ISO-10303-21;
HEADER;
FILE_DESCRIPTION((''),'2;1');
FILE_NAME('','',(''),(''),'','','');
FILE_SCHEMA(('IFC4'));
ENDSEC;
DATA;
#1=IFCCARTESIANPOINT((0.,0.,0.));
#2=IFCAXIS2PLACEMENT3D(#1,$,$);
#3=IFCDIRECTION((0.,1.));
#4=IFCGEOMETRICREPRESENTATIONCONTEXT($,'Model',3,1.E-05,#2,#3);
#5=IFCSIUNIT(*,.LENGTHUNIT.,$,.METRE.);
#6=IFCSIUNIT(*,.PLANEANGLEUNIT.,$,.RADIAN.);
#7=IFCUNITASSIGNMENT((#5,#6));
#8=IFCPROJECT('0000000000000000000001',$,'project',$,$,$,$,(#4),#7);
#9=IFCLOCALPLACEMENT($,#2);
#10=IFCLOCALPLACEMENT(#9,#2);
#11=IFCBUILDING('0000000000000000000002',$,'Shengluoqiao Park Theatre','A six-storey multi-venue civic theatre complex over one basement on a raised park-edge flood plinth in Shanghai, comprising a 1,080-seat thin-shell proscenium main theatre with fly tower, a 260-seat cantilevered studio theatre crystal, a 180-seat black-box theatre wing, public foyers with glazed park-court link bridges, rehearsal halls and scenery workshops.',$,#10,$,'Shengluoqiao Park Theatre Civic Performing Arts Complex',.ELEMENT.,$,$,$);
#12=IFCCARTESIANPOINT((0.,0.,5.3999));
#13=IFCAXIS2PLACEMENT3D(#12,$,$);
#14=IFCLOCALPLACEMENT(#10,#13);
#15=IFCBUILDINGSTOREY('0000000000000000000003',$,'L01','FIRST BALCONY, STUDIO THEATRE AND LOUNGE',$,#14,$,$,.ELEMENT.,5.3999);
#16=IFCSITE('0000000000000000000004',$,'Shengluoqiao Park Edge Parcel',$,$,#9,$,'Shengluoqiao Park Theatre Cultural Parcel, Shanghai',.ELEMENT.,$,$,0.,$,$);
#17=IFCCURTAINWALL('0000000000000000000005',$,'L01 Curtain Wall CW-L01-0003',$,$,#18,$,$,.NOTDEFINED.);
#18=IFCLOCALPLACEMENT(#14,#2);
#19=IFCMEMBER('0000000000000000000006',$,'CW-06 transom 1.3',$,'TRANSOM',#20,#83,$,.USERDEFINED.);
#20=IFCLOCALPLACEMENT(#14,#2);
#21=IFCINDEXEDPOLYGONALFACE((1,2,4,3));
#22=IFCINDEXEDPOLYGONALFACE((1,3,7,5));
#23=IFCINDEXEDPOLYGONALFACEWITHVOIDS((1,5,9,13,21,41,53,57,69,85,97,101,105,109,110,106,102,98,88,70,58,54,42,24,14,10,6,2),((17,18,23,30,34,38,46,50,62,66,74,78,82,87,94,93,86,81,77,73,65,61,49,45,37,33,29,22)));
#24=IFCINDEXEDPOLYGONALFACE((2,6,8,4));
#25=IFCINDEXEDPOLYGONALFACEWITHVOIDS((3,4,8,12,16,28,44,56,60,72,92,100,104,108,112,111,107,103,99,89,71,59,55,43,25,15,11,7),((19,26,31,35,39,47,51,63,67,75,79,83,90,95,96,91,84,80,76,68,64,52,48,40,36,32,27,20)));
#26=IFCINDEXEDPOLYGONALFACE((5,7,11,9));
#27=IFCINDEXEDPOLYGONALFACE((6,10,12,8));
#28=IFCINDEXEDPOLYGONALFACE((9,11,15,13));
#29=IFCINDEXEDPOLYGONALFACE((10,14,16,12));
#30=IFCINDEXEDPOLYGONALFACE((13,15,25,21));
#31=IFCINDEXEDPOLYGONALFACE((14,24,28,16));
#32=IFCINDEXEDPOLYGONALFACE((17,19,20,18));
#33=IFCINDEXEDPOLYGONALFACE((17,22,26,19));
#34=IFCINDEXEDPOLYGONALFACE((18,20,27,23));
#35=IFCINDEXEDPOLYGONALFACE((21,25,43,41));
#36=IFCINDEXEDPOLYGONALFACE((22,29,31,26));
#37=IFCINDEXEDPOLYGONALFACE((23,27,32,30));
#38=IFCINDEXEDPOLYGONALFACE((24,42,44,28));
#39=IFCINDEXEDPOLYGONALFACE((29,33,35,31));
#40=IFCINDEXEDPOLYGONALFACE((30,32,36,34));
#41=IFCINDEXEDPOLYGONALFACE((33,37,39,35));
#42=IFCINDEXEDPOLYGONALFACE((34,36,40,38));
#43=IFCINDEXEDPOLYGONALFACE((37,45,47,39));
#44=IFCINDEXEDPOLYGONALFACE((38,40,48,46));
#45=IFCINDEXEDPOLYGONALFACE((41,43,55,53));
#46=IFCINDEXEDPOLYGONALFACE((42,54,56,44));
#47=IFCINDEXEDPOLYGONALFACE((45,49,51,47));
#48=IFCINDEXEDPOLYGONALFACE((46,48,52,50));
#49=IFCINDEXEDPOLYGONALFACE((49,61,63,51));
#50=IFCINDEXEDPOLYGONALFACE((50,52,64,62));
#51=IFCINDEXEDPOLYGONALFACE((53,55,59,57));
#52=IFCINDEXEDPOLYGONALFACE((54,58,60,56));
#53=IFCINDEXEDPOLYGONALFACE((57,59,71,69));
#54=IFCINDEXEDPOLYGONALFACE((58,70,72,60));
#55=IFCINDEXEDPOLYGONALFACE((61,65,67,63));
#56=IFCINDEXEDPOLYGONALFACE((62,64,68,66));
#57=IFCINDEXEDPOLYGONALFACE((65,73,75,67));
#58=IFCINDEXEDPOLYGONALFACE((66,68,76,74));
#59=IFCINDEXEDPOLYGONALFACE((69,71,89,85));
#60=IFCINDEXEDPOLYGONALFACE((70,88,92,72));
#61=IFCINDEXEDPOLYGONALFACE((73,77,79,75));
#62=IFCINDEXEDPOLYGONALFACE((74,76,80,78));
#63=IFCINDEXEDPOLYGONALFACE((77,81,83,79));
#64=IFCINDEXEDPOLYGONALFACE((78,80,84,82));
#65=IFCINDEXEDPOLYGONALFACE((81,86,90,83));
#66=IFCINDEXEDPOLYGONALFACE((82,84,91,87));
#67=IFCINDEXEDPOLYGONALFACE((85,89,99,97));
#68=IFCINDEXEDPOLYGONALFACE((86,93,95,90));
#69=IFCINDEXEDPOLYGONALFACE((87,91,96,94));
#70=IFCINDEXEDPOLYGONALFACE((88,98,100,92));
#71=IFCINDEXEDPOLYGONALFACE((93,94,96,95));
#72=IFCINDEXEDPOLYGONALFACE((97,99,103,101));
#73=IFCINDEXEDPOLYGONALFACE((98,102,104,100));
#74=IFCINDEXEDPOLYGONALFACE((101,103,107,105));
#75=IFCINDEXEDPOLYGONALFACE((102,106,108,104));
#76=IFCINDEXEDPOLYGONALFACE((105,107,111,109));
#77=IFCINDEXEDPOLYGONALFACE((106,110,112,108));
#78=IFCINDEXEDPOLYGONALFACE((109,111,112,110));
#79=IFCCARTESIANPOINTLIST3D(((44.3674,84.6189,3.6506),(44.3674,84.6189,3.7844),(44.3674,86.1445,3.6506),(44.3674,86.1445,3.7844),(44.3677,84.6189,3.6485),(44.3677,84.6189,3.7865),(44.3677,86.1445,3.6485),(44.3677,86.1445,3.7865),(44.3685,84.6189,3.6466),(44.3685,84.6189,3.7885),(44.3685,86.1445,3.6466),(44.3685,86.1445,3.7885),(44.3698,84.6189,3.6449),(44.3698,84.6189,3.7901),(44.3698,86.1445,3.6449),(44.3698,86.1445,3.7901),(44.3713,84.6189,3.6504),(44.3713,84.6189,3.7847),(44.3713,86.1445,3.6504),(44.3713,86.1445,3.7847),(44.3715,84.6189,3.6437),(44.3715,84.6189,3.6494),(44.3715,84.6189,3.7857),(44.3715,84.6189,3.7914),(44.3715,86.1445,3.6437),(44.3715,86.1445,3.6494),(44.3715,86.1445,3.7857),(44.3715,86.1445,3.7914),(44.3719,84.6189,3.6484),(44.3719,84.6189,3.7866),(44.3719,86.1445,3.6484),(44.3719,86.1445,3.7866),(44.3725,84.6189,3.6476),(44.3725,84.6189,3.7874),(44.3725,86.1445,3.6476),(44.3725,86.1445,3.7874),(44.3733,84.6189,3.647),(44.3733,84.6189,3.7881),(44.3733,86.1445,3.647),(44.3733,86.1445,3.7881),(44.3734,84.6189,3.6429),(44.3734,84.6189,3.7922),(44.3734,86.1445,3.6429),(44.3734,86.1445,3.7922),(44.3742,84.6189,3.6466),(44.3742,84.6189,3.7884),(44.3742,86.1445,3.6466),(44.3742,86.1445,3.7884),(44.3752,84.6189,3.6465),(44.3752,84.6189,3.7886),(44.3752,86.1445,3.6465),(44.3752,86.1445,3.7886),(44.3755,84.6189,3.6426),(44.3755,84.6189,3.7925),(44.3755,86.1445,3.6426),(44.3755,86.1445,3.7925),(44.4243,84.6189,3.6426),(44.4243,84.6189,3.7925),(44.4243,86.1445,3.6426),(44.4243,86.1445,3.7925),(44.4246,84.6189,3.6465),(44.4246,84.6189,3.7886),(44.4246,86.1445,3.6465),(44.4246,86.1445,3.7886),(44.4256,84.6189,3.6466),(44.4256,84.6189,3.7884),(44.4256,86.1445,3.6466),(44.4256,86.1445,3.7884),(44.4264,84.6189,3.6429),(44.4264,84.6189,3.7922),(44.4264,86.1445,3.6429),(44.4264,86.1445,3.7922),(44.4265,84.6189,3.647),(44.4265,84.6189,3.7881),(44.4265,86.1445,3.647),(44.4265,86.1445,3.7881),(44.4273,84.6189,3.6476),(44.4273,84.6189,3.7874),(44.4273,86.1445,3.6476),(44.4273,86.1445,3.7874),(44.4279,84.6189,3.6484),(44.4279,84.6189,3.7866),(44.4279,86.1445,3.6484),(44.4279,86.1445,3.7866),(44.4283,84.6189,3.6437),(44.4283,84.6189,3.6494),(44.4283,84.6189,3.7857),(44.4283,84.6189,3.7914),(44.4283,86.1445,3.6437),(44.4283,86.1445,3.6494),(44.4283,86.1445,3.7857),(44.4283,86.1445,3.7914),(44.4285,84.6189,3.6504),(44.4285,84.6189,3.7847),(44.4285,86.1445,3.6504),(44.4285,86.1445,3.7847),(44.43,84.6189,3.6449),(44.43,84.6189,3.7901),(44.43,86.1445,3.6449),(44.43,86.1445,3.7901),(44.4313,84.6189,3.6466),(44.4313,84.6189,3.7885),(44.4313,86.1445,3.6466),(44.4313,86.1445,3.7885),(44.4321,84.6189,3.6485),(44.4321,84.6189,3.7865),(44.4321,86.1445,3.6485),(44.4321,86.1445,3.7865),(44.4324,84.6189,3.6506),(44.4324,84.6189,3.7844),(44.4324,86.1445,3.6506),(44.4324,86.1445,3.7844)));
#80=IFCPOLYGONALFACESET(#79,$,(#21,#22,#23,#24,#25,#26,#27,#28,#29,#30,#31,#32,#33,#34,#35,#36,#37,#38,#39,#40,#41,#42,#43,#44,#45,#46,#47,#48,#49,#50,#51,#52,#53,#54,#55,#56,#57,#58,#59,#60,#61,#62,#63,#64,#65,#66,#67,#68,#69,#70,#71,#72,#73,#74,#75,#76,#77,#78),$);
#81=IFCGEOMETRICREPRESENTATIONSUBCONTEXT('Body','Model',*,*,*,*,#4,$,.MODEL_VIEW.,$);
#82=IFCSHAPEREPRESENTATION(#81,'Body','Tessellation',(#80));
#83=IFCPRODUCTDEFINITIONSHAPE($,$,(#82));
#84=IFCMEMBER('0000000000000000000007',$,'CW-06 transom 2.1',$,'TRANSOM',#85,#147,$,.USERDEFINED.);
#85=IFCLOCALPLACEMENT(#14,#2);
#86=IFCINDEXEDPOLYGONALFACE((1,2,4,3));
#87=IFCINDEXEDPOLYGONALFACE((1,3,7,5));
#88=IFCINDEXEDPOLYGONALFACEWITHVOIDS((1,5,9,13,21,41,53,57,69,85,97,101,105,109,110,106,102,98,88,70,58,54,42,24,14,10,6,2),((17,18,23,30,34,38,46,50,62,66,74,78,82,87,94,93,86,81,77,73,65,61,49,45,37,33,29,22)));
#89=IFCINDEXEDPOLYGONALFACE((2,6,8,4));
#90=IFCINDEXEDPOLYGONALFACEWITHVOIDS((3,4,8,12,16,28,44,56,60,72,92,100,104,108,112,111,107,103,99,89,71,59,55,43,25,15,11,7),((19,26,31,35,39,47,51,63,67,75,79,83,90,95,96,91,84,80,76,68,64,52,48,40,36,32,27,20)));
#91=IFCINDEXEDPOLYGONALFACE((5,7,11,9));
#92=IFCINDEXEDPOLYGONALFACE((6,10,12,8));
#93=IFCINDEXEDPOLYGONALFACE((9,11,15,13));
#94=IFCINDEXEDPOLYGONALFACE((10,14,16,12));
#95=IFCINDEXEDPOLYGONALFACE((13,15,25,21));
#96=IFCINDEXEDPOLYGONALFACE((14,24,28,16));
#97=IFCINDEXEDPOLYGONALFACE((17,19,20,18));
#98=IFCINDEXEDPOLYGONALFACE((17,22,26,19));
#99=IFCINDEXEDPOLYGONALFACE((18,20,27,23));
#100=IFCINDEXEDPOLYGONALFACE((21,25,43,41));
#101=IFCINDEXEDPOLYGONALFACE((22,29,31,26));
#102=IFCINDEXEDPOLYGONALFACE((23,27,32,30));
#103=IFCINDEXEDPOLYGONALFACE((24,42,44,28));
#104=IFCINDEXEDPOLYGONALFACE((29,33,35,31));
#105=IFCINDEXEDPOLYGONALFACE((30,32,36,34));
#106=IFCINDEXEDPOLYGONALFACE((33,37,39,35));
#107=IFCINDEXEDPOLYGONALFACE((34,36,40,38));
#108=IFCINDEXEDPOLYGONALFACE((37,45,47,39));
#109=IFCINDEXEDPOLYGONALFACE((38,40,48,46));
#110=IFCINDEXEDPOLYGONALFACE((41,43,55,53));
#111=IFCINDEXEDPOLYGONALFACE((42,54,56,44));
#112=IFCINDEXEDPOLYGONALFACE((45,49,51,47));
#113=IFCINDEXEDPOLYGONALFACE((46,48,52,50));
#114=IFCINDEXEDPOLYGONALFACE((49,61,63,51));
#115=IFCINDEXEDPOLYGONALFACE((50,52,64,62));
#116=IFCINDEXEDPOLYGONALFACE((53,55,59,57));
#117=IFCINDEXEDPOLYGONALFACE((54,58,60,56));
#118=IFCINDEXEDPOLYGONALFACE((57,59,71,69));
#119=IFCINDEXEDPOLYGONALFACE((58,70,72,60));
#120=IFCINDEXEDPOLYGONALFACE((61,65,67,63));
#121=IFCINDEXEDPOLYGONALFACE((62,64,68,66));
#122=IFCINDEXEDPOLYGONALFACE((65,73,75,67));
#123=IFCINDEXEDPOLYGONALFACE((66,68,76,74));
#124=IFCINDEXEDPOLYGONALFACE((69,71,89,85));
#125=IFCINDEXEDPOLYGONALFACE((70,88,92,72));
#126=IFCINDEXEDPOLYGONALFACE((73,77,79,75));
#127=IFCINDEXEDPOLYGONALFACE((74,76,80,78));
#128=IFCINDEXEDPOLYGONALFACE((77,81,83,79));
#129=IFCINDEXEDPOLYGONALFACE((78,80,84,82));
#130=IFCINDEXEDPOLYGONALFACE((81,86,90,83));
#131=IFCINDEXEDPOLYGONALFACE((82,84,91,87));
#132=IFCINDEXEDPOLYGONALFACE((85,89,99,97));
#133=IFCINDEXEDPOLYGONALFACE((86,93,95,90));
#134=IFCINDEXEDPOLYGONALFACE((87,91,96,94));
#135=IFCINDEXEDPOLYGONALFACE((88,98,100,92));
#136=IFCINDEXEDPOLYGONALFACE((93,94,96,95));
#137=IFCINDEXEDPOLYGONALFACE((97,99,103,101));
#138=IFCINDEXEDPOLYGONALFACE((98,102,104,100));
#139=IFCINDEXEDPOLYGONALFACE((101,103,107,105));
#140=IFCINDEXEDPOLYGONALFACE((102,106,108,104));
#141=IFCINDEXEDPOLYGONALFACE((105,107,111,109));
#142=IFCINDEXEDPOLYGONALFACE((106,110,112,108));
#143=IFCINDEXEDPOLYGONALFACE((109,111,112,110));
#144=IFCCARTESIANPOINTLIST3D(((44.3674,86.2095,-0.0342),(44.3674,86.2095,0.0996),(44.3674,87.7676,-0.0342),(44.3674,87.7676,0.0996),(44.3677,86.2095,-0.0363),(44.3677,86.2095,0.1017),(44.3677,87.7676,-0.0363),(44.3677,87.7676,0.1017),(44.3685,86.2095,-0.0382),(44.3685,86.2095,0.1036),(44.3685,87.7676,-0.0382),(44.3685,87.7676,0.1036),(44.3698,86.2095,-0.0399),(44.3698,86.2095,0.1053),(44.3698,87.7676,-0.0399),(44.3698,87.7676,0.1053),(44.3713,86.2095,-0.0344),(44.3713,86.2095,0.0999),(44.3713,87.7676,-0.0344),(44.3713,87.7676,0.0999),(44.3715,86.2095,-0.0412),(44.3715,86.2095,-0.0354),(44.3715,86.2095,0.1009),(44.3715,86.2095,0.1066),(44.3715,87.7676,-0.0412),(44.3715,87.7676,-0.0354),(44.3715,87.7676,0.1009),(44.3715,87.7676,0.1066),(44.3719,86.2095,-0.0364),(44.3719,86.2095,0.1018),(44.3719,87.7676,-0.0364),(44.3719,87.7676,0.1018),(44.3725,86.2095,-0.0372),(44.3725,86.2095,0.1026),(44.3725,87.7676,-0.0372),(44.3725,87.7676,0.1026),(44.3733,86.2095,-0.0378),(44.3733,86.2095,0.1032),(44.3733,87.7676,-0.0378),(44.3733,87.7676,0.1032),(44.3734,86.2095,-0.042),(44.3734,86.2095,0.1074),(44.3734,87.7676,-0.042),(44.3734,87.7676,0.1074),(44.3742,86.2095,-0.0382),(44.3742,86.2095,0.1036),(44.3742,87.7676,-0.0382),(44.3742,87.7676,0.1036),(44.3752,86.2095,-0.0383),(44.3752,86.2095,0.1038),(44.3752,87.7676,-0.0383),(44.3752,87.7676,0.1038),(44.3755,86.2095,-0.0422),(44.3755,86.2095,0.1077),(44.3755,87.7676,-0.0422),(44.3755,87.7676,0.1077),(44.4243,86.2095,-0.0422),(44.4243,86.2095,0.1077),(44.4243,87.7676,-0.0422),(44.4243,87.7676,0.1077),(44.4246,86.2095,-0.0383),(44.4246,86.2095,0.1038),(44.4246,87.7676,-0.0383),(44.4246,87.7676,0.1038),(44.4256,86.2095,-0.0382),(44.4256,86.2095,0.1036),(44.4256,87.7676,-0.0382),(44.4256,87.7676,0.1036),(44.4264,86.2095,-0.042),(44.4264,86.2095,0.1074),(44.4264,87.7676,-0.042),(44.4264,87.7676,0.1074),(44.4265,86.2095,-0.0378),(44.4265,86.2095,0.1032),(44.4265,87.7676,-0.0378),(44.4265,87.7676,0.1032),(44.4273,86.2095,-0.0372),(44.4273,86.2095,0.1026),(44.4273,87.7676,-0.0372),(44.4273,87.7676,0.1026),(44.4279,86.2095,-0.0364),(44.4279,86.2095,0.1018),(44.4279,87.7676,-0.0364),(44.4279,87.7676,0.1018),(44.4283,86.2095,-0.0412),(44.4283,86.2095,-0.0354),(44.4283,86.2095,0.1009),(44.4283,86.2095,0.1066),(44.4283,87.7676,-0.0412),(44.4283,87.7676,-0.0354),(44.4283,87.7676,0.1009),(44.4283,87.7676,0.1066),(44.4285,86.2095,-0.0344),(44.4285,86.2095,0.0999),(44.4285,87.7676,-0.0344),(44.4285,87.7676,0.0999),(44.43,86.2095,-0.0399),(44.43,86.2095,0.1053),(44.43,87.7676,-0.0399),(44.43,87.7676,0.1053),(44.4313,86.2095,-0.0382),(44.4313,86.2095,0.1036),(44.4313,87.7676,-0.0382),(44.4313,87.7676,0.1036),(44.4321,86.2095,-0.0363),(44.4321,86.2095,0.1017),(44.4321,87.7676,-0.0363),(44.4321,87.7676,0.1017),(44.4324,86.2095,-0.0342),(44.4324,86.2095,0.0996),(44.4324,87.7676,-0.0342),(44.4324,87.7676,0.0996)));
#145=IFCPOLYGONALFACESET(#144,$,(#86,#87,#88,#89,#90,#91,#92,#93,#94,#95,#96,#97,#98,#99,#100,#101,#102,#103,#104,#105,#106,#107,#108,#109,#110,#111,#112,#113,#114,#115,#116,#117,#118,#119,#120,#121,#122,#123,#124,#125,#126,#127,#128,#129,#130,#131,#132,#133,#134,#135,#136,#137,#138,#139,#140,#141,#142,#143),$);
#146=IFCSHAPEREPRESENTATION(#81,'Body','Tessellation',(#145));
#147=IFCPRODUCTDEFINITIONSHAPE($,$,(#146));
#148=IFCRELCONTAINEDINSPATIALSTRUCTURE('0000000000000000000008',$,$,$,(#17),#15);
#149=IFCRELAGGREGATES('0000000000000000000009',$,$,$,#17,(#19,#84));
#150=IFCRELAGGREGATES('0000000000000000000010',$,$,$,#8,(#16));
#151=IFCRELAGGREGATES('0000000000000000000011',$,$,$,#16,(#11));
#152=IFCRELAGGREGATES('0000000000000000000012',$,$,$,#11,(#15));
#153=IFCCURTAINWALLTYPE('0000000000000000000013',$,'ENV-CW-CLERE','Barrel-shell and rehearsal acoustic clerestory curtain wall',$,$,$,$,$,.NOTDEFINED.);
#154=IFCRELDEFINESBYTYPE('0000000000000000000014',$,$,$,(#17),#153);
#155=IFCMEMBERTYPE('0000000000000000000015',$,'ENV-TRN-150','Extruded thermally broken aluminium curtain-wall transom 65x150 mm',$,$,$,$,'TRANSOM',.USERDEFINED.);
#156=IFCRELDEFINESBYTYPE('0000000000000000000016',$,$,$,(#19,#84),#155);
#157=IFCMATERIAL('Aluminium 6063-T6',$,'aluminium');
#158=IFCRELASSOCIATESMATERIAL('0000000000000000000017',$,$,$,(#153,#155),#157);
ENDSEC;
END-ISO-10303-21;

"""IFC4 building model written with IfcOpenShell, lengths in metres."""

from ifc_helpers import new_model, si_unit, direction, frame, origin, origin_2d, place, context, subcontext, project, spatial, hollow_rectangle, extrude, material, material_profile, profile_set, type_object, element, aggregate, save


model = new_model("IFC4")

# Units and contexts
model_context = context("Model", 3, precision=1e-05, world=origin(), true_north=direction((0.0, 1.0)))
body_context = subcontext(model_context, "Body", "Model", "MODEL_VIEW")
ifc_project = project(units=[si_unit("LENGTHUNIT", "METRE"), si_unit("PLANEANGLEUNIT", "RADIAN")], contexts=[model_context])

# Site, building, storey
site_placement = place(None, origin())
site = spatial("IfcSite", under=ifc_project, at=site_placement, Name="Shengluoqiao Park Edge Parcel", LongName="Shengluoqiao Park Theatre Cultural Parcel, Shanghai", CompositionType="ELEMENT", RefElevation=0.0)
building_placement = place(site_placement, origin())
building = spatial("IfcBuilding", under=site, at=building_placement, Name="Shengluoqiao Park Theatre", Description="A six-storey multi-venue civic theatre complex over one basement on a raised park-edge flood plinth in Shanghai, comprising a 1,080-seat thin-shell proscenium main theatre with fly tower, a 260-seat cantilevered studio theatre crystal, a 180-seat black-box theatre wing, public foyers with glazed park-court link bridges, rehearsal halls and scenery workshops.", LongName="Shengluoqiao Park Theatre Civic Performing Arts Complex", CompositionType="ELEMENT")
storey_placement = place(building_placement, frame((0.0, 0.0, 5.3999)))
storey = spatial("IfcBuildingStorey", under=building, at=storey_placement, Name="L01", Description="FIRST BALCONY, STUDIO THEATRE AND LOUNGE", CompositionType="ELEMENT", Elevation=5.3999)

# Curtain wall, members
ifc_material_1 = material(Name="Aluminium 6063-T6", Category="aluminium")
curtain_wall_type = type_object("IfcCurtainWallType", Name="ENV-CW-CLERE", Description="Barrel-shell and rehearsal acoustic clerestory curtain wall", PredefinedType="NOTDEFINED", material=ifc_material_1)
curtain_wall_placement = place(storey_placement, origin())
curtain_wall = element("IfcCurtainWall", 1, at=curtain_wall_placement, inside=storey, type_object=curtain_wall_type, Name="L01 Curtain Wall CW-L01-0003", PredefinedType="NOTDEFINED")
ifc_material_profile_1 = material_profile(ifc_material_1, hollow_rectangle(XDim=0.0649, YDim=0.1499, WallThickness=0.0039, InnerFilletRadius=0.0039, OuterFilletRadius=0.0081, at=origin_2d()), Name="ALU TRANSOM 150x65x4")
ifc_profile_set_1 = profile_set([ifc_material_profile_1], Name="Aluminium 6063-T6")
member_type_1 = type_object("IfcMemberType", Name="ENV-TRN-150", Description="Extruded thermally broken aluminium curtain-wall transom 65x150 mm", ElementType="TRANSOM", PredefinedType="USERDEFINED", material=ifc_profile_set_1)
member_1_placement = place(storey_placement, frame((44.3999, 84.6189, 3.7175), z_axis=(0.0, 1.0, 0.0), x_axis=(-1.0, 0.0, 0.0)))
member_1 = element("IfcMember", 2, at=member_1_placement, type_object=member_type_1, Name="CW-06 transom 1.3", ObjectType="TRANSOM", PredefinedType="USERDEFINED", context=body_context, shape_type="SweptSolid", body=[
    extrude(hollow_rectangle(XDim=0.0649, YDim=0.1499, WallThickness=0.0039, InnerFilletRadius=0.0039, OuterFilletRadius=0.0081, at=origin_2d()), origin(), (0.0, 0.0, 1.0), 1.5256),
])
member_2_placement = place(storey_placement, frame((44.3999, 86.2095, 0.0327), z_axis=(0.0, 1.0, 0.0), x_axis=(-1.0, 0.0, 0.0)))
member_2 = element("IfcMember", 3, at=member_2_placement, type_object=member_type_1, Name="CW-06 transom 2.1", ObjectType="TRANSOM", PredefinedType="USERDEFINED", context=body_context, shape_type="SweptSolid", body=[
    extrude(hollow_rectangle(XDim=0.0649, YDim=0.1499, WallThickness=0.0039, InnerFilletRadius=0.0039, OuterFilletRadius=0.0081, at=origin_2d()), origin(), (0.0, 0.0, 1.0), 1.5581),
])

aggregate(curtain_wall, [member_1, member_2])

save(model, "model.ifc")
